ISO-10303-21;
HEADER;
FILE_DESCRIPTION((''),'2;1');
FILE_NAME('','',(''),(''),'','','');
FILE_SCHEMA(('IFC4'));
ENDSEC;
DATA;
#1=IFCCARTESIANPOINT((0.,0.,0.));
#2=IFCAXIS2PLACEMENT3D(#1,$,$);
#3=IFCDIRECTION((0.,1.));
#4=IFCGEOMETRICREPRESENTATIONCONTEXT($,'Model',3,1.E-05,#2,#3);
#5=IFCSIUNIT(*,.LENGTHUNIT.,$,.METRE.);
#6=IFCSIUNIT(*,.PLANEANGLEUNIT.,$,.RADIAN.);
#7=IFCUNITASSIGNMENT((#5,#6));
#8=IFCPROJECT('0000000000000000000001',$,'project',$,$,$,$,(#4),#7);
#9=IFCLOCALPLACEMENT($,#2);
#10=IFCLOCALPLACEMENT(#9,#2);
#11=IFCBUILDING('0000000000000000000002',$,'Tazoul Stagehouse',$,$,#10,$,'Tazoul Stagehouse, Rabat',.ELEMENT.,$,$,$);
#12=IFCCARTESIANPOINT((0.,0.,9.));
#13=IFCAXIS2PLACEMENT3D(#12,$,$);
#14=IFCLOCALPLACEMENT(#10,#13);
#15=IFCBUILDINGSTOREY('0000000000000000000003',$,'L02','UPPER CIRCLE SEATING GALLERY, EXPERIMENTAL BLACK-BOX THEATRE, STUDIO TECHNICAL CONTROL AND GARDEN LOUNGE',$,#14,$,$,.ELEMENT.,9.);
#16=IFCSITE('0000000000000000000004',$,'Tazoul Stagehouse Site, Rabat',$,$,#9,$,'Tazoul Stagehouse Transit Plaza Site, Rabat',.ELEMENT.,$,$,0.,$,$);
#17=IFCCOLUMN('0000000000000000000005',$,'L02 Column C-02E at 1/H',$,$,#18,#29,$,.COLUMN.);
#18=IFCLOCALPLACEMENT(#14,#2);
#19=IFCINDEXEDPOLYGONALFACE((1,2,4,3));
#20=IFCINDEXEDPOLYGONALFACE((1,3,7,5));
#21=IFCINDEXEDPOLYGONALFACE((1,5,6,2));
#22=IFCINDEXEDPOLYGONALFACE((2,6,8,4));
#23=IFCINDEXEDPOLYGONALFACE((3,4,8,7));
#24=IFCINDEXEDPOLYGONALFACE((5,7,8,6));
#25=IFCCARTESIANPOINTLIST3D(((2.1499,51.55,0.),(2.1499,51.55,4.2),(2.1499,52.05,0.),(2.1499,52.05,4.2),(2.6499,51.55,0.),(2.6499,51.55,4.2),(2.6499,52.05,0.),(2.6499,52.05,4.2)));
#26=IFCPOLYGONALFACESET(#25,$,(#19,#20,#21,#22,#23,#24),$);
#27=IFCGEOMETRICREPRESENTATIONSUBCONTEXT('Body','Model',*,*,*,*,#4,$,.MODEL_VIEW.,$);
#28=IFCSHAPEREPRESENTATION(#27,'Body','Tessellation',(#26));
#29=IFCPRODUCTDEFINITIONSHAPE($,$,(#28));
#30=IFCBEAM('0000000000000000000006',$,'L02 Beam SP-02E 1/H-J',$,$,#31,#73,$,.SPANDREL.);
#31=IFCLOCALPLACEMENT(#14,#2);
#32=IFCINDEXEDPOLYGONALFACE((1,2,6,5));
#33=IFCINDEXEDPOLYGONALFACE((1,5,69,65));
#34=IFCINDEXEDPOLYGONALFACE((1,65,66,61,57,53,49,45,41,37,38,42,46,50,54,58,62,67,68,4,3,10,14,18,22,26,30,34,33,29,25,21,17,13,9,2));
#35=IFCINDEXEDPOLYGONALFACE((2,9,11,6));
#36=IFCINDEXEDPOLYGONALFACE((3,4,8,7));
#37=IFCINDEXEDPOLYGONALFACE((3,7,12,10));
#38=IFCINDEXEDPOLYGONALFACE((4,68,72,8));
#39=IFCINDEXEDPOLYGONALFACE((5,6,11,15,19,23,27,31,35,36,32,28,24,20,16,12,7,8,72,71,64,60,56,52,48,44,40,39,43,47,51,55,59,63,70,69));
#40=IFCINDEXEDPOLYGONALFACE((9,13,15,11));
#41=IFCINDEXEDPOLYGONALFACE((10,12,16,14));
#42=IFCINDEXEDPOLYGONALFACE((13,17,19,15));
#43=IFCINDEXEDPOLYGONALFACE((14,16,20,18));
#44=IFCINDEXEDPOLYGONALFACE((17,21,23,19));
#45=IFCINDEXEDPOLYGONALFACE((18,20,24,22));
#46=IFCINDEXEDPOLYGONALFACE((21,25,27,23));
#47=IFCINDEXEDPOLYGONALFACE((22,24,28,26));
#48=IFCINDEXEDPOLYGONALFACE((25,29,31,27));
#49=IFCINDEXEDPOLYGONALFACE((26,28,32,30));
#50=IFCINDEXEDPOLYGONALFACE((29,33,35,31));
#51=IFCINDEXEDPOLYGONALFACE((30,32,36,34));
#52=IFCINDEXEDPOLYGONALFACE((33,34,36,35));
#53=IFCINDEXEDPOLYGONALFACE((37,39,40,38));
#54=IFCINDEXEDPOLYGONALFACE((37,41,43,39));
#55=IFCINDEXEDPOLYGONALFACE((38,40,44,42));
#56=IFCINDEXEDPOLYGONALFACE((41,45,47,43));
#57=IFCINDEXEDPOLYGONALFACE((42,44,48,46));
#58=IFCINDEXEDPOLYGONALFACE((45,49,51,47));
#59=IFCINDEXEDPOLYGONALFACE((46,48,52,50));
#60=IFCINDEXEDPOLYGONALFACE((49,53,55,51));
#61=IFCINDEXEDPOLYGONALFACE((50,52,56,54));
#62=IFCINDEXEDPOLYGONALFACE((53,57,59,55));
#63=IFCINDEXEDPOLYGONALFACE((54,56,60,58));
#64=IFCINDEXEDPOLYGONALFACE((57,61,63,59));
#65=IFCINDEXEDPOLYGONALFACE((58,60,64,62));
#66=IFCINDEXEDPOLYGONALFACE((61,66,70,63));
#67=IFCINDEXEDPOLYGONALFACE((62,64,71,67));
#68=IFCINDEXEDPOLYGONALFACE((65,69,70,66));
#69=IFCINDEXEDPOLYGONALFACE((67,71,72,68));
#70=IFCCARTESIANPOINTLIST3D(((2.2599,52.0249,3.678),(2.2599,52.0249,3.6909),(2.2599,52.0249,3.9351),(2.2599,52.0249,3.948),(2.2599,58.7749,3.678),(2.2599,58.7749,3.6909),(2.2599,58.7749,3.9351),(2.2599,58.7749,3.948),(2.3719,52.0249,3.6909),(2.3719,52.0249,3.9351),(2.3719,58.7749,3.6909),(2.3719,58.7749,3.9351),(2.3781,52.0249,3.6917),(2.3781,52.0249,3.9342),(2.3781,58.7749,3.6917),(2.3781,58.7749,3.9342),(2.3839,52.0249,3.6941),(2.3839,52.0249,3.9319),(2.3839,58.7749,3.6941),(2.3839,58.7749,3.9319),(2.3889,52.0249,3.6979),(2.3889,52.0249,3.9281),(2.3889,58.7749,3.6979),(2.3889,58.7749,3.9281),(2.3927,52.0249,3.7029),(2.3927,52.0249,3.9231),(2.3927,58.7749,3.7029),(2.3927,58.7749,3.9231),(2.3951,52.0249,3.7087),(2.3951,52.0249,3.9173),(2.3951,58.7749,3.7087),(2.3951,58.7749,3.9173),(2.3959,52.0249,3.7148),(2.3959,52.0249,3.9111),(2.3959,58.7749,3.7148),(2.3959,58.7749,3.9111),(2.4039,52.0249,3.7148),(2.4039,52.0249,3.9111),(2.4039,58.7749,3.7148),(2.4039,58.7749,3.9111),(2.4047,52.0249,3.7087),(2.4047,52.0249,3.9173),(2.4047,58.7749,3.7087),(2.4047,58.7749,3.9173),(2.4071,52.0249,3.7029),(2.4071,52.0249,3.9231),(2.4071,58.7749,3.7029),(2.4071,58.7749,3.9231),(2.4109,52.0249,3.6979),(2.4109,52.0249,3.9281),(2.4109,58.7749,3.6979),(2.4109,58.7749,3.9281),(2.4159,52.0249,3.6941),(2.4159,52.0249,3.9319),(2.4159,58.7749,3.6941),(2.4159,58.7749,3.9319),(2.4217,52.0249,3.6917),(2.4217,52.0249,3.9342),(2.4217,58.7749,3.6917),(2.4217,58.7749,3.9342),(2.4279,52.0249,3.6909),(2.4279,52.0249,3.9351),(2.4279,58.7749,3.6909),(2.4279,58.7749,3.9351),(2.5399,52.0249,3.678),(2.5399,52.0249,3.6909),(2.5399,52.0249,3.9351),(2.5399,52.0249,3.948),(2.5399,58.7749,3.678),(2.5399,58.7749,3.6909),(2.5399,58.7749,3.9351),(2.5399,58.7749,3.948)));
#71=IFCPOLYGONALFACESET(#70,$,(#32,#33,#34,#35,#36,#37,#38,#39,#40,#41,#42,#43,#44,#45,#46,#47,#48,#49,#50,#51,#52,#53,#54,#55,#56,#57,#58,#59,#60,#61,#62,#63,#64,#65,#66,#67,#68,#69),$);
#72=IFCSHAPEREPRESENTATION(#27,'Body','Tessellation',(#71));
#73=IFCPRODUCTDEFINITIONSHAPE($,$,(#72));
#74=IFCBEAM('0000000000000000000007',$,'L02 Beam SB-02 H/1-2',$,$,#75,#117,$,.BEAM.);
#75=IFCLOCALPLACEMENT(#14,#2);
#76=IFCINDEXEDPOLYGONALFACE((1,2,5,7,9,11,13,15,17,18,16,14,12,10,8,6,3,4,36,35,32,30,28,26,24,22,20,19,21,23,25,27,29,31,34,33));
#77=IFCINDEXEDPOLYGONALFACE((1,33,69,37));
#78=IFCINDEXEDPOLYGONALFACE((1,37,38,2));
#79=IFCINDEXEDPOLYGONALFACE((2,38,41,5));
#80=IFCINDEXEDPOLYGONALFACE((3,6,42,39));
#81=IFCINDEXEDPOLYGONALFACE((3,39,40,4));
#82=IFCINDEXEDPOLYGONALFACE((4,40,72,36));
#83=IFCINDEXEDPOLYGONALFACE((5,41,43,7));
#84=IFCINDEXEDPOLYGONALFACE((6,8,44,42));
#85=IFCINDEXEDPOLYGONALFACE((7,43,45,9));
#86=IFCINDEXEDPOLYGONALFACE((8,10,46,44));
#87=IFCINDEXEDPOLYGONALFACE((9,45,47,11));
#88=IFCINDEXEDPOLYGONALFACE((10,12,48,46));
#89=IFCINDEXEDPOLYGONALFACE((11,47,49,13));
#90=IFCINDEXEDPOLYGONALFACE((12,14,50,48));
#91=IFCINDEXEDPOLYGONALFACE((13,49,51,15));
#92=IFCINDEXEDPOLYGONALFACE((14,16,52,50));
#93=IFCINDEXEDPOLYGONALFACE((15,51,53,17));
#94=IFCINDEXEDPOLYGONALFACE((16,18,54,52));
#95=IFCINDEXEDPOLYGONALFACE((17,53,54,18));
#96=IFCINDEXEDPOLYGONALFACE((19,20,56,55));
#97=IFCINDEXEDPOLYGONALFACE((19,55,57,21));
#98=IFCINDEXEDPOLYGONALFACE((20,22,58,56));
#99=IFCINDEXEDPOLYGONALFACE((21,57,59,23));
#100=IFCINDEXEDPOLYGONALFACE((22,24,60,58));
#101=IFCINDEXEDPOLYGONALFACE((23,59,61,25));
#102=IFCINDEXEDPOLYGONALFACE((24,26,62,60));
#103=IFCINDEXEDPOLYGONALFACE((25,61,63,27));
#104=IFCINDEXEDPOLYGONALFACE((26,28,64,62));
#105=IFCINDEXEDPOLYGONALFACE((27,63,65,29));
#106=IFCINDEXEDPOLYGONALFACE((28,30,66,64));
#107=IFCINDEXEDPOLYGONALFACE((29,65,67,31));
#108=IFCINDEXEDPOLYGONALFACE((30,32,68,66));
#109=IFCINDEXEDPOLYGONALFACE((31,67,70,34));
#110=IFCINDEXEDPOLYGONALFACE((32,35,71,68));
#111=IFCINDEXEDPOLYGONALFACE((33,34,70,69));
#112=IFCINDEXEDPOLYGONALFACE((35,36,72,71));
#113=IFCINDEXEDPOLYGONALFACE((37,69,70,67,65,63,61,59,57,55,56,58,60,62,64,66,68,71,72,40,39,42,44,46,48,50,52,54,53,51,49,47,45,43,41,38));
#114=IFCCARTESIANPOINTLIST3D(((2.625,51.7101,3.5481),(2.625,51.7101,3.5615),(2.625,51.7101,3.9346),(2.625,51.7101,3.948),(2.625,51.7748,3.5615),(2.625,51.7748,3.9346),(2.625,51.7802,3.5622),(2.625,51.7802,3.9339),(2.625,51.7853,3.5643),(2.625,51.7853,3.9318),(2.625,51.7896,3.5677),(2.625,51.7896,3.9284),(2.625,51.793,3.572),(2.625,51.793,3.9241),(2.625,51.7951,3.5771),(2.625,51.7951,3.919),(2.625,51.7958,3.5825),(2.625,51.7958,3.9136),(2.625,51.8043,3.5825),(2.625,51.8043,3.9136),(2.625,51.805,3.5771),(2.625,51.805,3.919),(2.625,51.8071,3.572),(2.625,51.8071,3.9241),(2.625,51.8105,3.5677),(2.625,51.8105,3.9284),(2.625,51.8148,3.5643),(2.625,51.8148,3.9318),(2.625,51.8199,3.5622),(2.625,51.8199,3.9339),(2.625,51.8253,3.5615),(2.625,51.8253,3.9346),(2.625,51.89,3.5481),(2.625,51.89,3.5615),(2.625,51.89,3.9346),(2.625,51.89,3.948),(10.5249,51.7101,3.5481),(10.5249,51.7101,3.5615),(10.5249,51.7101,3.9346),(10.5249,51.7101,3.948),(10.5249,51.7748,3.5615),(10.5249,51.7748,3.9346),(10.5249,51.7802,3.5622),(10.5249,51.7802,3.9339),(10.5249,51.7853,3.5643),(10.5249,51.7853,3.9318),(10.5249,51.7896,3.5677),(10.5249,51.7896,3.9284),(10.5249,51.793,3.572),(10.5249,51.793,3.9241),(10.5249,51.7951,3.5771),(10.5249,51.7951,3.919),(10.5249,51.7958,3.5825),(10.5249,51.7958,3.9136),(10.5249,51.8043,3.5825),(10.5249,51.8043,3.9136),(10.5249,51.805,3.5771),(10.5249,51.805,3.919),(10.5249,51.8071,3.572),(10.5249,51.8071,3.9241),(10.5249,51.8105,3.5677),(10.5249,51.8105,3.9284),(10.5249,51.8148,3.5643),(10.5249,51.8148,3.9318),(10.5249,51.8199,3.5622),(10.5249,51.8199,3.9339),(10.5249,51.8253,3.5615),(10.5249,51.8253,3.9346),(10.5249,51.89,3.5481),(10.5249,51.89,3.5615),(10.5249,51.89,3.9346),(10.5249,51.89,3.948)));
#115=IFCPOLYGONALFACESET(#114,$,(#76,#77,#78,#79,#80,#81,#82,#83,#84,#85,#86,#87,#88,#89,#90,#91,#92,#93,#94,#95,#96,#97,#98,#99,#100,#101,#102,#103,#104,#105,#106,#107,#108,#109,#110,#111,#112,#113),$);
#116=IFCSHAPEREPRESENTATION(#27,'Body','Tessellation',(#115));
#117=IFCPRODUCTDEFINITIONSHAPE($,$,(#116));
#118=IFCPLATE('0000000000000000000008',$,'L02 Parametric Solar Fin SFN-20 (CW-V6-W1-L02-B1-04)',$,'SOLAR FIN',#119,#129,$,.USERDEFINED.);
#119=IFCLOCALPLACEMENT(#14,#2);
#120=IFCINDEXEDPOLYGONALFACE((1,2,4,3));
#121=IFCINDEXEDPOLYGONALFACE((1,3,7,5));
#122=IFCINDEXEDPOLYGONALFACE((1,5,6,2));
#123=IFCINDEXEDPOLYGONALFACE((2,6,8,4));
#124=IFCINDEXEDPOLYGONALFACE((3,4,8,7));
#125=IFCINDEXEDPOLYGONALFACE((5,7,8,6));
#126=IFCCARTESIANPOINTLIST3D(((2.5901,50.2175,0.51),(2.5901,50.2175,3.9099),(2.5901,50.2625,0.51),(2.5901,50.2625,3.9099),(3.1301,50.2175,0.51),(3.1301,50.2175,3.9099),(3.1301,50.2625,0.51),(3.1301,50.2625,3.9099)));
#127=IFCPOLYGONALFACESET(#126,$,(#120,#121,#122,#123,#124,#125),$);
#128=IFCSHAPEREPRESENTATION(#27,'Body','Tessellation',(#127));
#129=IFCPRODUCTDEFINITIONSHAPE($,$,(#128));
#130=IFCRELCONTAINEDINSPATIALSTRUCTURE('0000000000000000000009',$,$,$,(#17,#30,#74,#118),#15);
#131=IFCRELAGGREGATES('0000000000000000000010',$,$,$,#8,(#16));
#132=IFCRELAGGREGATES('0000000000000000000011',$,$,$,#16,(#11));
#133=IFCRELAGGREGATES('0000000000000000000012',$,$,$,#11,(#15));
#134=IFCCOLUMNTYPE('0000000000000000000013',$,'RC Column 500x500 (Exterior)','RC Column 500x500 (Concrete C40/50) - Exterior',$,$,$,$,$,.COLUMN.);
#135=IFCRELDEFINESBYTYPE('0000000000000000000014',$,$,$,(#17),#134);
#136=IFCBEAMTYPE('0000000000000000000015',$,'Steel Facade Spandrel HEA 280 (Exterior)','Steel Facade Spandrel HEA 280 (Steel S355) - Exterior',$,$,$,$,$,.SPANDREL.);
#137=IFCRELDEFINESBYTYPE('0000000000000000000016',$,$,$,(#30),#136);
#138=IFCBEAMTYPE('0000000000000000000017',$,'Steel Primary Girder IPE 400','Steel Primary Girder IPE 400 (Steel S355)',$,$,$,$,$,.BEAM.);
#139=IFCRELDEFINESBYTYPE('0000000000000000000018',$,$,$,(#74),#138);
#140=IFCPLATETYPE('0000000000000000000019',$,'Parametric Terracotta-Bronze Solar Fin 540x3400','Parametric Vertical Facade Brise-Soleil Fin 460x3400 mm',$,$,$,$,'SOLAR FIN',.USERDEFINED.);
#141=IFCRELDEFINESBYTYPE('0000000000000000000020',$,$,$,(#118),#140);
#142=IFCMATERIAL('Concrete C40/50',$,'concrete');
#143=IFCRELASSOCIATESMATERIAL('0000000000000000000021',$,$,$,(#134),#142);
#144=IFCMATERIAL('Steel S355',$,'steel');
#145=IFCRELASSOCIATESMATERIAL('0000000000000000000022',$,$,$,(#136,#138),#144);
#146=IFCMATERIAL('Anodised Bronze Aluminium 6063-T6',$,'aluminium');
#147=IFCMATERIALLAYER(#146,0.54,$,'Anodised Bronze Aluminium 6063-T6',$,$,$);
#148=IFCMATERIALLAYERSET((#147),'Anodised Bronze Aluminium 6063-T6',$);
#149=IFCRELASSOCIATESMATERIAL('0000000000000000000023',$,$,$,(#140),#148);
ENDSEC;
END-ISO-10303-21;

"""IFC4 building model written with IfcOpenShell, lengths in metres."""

from ifc_helpers import new_model, si_unit, direction, frame, origin, origin_2d, place, context, subcontext, project, spatial, rectangle, i_section, extrude, material, layer, layer_set, material_profile, profile_set, type_object, element, save


model = new_model("IFC4")

# Units and contexts
model_context = context("Model", 3, precision=1e-05, world=origin(), true_north=direction((0.0, 1.0)))
body_context = subcontext(model_context, "Body", "Model", "MODEL_VIEW")
ifc_project = project(units=[si_unit("LENGTHUNIT", "METRE"), si_unit("PLANEANGLEUNIT", "RADIAN")], contexts=[model_context])

# Site, building, storey
site_placement = place(None, origin())
site = spatial("IfcSite", under=ifc_project, at=site_placement, Name="Tazoul Stagehouse Site, Rabat", LongName="Tazoul Stagehouse Transit Plaza Site, Rabat", CompositionType="ELEMENT", RefElevation=0.0)
building_placement = place(site_placement, origin())
building = spatial("IfcBuilding", under=site, at=building_placement, Name="Tazoul Stagehouse", LongName="Tazoul Stagehouse, Rabat", CompositionType="ELEMENT")
storey_placement = place(building_placement, frame((0.0, 0.0, 9.0)))
storey = spatial("IfcBuildingStorey", under=building, at=storey_placement, Name="L02", Description="UPPER CIRCLE SEATING GALLERY, EXPERIMENTAL BLACK-BOX THEATRE, STUDIO TECHNICAL CONTROL AND GARDEN LOUNGE", CompositionType="ELEMENT", Elevation=9.0)

# Column
ifc_material_1 = material(Name="Concrete C40/50", Category="concrete")
ifc_material_profile_1 = material_profile(ifc_material_1, rectangle(XDim=0.5, YDim=0.5, at=origin_2d()), Name="RC 500x500")
ifc_profile_set_1 = profile_set([ifc_material_profile_1], Name="Concrete C40/50")
column_type = type_object("IfcColumnType", Name="RC Column 500x500 (Exterior)", Description="RC Column 500x500 (Concrete C40/50) - Exterior", PredefinedType="COLUMN", material=ifc_profile_set_1)
column_placement = place(storey_placement, frame((2.3999, 51.8, 0.0), z_axis=(0.0, 0.0, 1.0), x_axis=(1.0, 0.0, 0.0)))
element("IfcColumn", 1, at=column_placement, inside=storey, type_object=column_type, Name="L02 Column C-02E at 1/H", PredefinedType="COLUMN", context=body_context, shape_type="SweptSolid", body=[
    extrude(rectangle(XDim=0.5, YDim=0.5, at=origin_2d()), origin(), (0.0, 0.0, 1.0), 4.2),
])

# Shared definitions
ifc_material_2 = material(Name="Anodised Bronze Aluminium 6063-T6", Category="aluminium")

# Beams
ifc_material_3 = material(Name="Steel S355", Category="steel")
ifc_material_profile_2 = material_profile(ifc_material_3, i_section(OverallWidth=0.28, OverallDepth=0.27, WebThickness=0.0081, FlangeThickness=0.0129, FilletRadius=0.0239, at=origin_2d()), Name="HEA 280")
ifc_profile_set_2 = profile_set([ifc_material_profile_2], Name="Steel S355")
beam_type_1 = type_object("IfcBeamType", Name="Steel Facade Spandrel HEA 280 (Exterior)", Description="Steel Facade Spandrel HEA 280 (Steel S355) - Exterior", PredefinedType="SPANDREL", material=ifc_profile_set_2)
beam_1_placement = place(storey_placement, frame((2.3999, 52.0249, 3.813), z_axis=(0.0, 1.0, 0.0), x_axis=(-1.0, 0.0, 0.0)))
element("IfcBeam", 2, at=beam_1_placement, inside=storey, type_object=beam_type_1, Name="L02 Beam SP-02E 1/H-J", PredefinedType="SPANDREL", context=body_context, shape_type="SweptSolid", body=[
    extrude(i_section(OverallWidth=0.28, OverallDepth=0.27, WebThickness=0.0081, FlangeThickness=0.0129, FilletRadius=0.0239, at=origin_2d()), origin(), (0.0, 0.0, 1.0), 6.75),
])
ifc_material_profile_3 = material_profile(ifc_material_3, i_section(OverallWidth=0.1799, OverallDepth=0.3999, WebThickness=0.0085, FlangeThickness=0.0134, FilletRadius=0.021, at=origin_2d()), Name="IPE 400")
ifc_profile_set_3 = profile_set([ifc_material_profile_3], Name="Steel S355")
beam_type_2 = type_object("IfcBeamType", Name="Steel Primary Girder IPE 400", Description="Steel Primary Girder IPE 400 (Steel S355)", PredefinedType="BEAM", material=ifc_profile_set_3)
beam_2_placement = place(storey_placement, frame((2.625, 51.8, 3.748), z_axis=(1.0, 0.0, 0.0), x_axis=(0.0, 1.0, 0.0)))
element("IfcBeam", 3, at=beam_2_placement, inside=storey, type_object=beam_type_2, Name="L02 Beam SB-02 H/1-2", PredefinedType="BEAM", context=body_context, shape_type="SweptSolid", body=[
    extrude(i_section(OverallWidth=0.1799, OverallDepth=0.3999, WebThickness=0.0085, FlangeThickness=0.0134, FilletRadius=0.021, at=origin_2d()), origin(), (0.0, 0.0, 1.0), 7.8999),
])

# Plate
ifc_layer_1 = layer(ifc_material_2, 0.54, Name="Anodised Bronze Aluminium 6063-T6")
ifc_layer_set_1 = layer_set([ifc_layer_1], Name="Anodised Bronze Aluminium 6063-T6")
plate_type_1 = type_object("IfcPlateType", Name="Parametric Terracotta-Bronze Solar Fin 540x3400", Description="Parametric Vertical Facade Brise-Soleil Fin 460x3400 mm", ElementType="SOLAR FIN", PredefinedType="USERDEFINED", material=ifc_layer_set_1)
plate_1_placement = place(storey_placement, frame((2.8601, 50.24, 0.51), z_axis=(0.0, 0.0, 1.0), x_axis=(0.0, 1.0, 0.0)))
element("IfcPlate", 4, at=plate_1_placement, inside=storey, type_object=plate_type_1, Name="L02 Parametric Solar Fin SFN-20 (CW-V6-W1-L02-B1-04)", ObjectType="SOLAR FIN", PredefinedType="USERDEFINED", context=body_context, shape_type="SweptSolid", body=[
    extrude(rectangle(XDim=0.0449, YDim=0.54, at=origin_2d()), origin(), (0.0, 0.0, 1.0), 3.3999),
])

save(model, "model.ifc")
